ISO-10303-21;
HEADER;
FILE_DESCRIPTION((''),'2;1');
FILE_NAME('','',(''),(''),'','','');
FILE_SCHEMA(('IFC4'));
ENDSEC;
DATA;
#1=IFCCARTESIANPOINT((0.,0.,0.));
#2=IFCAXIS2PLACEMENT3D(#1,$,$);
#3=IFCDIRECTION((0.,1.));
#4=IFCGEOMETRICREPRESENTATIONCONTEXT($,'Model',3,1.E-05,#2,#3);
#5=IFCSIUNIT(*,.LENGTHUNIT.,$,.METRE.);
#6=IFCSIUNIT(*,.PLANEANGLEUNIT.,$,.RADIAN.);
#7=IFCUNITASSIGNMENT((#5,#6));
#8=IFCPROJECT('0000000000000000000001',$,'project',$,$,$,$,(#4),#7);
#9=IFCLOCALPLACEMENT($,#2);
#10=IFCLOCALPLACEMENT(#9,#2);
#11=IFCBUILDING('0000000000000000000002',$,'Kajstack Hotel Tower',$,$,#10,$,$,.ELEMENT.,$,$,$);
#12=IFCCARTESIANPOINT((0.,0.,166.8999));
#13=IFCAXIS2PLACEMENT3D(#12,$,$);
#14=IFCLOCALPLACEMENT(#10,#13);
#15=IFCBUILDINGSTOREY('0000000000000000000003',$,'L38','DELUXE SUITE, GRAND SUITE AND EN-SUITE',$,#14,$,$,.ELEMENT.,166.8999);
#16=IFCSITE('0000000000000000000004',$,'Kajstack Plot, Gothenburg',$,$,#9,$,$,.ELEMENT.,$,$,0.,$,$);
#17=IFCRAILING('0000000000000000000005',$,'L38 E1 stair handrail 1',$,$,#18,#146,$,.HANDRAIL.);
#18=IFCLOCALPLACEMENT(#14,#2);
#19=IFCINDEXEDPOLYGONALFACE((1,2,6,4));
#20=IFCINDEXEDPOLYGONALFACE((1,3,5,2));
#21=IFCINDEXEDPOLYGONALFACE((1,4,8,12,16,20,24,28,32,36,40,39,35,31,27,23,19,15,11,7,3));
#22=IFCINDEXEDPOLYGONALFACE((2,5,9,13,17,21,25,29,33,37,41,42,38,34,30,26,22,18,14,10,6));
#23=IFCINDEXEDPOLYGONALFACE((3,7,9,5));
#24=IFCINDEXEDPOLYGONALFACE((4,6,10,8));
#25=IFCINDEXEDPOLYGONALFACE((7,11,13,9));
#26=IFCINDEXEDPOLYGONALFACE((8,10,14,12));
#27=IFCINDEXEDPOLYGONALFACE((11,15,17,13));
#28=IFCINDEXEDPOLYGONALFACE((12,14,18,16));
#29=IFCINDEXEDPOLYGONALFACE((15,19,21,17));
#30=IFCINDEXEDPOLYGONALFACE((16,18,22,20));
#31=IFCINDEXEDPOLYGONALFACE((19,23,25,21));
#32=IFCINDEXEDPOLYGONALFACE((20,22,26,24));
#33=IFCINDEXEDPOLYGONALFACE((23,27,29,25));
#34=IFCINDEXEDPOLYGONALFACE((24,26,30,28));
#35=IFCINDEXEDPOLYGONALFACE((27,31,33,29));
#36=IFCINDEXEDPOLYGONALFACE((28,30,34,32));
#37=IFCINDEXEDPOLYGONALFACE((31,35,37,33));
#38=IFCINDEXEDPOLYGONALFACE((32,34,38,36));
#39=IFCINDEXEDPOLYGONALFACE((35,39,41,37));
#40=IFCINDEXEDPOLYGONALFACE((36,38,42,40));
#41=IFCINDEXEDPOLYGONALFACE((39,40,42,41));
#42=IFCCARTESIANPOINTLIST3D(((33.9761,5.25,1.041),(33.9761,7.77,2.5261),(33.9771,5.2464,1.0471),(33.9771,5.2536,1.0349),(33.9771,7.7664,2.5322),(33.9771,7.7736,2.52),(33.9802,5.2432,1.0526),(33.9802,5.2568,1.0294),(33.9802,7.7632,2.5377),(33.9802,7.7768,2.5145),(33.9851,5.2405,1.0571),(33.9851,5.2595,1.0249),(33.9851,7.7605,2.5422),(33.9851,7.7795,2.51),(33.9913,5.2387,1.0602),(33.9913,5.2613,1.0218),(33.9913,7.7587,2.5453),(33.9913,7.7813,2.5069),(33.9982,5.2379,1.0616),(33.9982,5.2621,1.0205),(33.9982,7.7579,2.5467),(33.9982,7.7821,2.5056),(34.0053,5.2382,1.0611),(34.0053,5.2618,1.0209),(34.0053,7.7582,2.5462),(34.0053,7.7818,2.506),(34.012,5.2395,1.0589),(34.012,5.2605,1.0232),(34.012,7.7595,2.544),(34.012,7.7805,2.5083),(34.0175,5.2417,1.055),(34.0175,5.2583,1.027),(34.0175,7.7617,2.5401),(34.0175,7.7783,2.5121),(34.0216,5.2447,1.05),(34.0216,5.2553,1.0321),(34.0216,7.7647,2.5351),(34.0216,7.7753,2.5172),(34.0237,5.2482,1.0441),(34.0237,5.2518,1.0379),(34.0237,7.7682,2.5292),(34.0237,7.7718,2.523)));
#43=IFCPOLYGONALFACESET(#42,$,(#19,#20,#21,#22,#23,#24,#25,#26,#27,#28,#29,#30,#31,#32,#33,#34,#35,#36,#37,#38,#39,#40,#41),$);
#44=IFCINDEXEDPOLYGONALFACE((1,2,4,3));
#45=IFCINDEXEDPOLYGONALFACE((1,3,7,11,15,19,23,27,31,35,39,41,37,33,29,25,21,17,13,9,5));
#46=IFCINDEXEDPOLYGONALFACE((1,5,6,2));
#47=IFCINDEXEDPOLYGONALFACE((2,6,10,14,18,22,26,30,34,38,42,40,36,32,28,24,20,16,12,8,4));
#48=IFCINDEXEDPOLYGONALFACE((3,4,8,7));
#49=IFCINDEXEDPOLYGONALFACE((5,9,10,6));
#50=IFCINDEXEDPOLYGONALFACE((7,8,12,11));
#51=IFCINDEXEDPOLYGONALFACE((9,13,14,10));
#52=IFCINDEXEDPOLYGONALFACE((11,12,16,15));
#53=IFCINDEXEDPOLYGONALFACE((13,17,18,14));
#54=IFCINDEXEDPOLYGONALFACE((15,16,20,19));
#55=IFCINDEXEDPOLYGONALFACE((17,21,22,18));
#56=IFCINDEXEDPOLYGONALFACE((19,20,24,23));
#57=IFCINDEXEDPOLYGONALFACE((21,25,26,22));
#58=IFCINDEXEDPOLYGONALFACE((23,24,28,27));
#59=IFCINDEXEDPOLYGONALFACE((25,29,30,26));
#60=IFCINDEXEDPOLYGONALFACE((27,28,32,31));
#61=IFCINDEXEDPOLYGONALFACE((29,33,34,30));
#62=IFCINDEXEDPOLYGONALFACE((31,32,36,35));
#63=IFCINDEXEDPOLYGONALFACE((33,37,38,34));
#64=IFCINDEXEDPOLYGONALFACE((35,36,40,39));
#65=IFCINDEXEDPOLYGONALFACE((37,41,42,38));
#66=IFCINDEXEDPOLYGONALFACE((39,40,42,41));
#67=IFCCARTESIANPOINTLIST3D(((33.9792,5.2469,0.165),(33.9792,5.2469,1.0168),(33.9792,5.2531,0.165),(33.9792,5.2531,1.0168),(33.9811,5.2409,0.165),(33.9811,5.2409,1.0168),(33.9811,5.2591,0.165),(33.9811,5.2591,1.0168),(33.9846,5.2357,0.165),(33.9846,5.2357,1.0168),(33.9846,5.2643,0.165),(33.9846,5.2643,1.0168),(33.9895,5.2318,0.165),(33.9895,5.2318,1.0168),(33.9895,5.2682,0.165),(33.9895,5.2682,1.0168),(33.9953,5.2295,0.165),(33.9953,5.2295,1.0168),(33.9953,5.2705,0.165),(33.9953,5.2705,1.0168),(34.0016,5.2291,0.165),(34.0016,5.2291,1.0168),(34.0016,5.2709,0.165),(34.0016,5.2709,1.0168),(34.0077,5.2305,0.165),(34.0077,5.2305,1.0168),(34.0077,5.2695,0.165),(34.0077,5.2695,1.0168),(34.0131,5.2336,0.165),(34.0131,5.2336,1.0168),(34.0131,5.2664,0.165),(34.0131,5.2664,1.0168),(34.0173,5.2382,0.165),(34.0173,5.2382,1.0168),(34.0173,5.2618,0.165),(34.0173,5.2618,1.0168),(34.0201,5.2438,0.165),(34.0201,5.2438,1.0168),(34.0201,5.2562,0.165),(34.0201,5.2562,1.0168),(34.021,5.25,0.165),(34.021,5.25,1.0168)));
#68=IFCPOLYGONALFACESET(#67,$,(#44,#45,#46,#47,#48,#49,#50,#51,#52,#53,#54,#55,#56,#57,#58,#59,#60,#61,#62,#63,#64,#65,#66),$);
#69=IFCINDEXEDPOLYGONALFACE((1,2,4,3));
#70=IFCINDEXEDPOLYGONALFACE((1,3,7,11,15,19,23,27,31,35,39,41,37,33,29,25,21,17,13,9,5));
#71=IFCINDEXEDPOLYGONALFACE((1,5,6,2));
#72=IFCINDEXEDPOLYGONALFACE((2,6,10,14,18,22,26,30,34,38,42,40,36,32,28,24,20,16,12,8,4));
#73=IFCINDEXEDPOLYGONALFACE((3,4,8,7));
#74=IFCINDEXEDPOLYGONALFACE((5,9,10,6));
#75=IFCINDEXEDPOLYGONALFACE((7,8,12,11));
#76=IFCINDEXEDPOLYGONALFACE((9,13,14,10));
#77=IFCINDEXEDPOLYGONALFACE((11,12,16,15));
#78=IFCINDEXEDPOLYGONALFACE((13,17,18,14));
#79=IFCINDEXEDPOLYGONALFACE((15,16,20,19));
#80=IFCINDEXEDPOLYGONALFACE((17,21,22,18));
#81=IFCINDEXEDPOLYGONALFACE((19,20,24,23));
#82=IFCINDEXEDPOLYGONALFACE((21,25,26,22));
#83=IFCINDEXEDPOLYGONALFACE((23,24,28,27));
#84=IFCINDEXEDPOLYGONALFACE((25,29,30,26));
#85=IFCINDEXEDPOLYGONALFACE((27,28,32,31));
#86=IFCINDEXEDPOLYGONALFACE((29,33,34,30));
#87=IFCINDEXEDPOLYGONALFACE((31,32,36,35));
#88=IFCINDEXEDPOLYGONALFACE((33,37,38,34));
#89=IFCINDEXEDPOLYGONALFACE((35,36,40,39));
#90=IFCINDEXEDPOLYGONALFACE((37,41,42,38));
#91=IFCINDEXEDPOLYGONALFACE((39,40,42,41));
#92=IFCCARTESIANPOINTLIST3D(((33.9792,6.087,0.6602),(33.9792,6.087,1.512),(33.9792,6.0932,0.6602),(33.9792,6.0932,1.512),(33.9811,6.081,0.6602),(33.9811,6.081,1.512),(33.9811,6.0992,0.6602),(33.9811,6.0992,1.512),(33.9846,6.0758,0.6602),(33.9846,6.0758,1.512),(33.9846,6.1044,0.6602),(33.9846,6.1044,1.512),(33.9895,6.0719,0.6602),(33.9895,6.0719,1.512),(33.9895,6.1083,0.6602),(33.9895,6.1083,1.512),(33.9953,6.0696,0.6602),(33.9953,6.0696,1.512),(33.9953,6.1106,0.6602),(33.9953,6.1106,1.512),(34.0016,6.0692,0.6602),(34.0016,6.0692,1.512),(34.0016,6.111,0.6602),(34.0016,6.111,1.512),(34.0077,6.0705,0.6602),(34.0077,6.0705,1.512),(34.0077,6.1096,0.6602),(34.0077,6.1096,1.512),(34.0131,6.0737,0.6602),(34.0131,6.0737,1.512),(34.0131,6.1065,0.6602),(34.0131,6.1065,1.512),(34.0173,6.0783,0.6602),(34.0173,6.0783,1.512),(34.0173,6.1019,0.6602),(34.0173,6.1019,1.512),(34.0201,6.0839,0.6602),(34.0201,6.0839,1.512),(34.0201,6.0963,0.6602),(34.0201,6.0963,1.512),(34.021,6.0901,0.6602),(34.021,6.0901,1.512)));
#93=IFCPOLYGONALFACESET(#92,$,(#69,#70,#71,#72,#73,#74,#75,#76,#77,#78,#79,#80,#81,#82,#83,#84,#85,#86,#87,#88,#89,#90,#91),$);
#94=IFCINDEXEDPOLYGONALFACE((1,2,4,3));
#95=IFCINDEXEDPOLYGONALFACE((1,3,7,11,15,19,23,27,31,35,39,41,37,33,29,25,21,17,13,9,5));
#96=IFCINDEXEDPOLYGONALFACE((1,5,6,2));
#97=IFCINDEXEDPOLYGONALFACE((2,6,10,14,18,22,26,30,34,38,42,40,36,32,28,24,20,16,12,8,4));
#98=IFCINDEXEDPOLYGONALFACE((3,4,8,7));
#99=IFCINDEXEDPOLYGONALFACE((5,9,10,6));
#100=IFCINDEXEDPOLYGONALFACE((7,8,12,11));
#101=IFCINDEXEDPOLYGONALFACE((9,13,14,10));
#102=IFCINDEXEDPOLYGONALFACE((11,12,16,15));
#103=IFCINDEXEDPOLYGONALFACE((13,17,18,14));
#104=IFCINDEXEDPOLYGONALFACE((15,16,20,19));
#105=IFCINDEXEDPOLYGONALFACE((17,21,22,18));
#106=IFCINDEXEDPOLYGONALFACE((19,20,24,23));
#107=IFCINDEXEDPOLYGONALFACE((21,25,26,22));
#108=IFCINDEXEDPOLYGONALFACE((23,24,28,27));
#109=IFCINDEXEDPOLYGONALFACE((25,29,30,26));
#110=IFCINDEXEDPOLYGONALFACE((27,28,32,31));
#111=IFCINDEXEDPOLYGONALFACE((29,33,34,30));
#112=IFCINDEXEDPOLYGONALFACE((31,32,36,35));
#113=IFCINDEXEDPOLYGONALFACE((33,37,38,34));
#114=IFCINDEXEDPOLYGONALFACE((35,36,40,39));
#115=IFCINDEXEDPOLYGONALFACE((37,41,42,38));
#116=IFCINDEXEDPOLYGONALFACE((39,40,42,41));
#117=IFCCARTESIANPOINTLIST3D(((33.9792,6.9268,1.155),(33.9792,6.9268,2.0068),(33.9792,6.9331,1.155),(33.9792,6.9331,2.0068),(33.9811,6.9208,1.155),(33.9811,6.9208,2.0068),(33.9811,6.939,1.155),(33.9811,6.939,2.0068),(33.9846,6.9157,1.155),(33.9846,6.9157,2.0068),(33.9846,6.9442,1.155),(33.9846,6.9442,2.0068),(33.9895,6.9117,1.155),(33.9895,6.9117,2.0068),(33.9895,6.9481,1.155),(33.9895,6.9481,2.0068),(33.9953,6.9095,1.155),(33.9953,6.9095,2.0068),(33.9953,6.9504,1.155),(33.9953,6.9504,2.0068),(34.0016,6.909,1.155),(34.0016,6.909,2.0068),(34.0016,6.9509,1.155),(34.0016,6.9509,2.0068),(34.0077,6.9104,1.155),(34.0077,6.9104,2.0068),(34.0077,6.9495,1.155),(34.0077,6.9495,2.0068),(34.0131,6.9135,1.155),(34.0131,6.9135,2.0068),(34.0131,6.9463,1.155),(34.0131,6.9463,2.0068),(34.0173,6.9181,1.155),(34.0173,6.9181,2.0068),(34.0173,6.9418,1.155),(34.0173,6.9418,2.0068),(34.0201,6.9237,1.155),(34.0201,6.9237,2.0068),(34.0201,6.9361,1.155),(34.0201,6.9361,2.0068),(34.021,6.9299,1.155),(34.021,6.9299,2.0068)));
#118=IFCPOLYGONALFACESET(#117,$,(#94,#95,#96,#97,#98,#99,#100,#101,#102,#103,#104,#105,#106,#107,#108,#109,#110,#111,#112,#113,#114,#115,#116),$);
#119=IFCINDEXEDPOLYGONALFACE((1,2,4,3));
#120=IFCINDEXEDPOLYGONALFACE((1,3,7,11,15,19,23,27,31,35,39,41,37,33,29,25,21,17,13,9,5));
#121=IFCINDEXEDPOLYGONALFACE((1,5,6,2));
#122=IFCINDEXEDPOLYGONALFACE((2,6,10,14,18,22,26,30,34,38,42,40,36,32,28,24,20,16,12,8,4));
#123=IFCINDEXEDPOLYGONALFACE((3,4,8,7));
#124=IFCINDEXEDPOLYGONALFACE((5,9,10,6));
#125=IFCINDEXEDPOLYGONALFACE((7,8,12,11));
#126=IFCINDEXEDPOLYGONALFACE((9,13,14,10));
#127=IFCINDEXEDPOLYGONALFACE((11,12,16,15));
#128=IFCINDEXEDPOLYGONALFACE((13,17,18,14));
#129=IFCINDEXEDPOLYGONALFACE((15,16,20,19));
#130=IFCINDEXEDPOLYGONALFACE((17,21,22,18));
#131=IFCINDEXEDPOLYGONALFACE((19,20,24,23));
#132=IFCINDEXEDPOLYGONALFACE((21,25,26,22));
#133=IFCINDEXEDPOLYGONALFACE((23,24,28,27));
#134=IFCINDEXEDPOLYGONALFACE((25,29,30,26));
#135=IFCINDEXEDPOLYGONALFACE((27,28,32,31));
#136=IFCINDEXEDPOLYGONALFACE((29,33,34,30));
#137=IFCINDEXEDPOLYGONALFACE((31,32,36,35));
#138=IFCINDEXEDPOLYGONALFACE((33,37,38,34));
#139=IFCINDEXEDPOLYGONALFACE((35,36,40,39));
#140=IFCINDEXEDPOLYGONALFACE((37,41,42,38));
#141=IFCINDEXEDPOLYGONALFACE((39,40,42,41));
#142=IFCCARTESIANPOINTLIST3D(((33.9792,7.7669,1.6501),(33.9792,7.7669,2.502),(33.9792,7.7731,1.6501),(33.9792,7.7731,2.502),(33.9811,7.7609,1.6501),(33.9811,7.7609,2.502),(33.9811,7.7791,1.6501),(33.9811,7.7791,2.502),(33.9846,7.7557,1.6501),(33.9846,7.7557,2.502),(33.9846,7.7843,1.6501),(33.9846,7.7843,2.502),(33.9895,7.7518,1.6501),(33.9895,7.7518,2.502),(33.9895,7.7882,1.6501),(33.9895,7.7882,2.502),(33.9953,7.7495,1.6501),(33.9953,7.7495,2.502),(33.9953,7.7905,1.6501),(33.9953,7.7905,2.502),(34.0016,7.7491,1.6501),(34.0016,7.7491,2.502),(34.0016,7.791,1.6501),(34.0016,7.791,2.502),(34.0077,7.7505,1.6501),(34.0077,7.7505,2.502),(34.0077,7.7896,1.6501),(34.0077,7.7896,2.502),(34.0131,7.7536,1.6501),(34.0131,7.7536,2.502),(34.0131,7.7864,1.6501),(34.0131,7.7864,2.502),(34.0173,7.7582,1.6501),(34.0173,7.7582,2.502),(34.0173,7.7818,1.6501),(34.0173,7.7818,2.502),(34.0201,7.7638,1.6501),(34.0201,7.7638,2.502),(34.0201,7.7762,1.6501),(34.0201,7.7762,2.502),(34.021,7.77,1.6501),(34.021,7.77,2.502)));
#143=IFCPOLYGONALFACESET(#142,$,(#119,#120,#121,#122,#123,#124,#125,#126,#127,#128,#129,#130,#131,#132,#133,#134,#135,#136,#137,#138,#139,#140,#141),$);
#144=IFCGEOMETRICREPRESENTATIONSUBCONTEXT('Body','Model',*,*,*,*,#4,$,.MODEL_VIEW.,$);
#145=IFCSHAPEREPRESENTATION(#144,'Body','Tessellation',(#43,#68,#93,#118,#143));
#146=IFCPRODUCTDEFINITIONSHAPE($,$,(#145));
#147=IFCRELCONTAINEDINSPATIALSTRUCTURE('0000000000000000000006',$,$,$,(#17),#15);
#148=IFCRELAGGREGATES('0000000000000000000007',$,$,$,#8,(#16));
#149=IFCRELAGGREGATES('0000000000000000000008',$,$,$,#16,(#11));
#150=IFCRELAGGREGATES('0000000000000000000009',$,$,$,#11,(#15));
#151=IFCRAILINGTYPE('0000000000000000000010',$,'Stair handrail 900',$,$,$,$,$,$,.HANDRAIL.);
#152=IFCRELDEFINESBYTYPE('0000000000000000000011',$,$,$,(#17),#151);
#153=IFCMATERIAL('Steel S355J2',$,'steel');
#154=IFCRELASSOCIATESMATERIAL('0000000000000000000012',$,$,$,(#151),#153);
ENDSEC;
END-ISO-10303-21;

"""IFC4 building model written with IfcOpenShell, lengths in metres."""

from ifc_helpers import new_model, si_unit, direction, frame, origin, origin_2d, place, context, subcontext, project, spatial, circle, extrude, material, type_object, element, save


model = new_model("IFC4")

# Units and contexts
model_context = context("Model", 3, precision=1e-05, world=origin(), true_north=direction((0.0, 1.0)))
body_context = subcontext(model_context, "Body", "Model", "MODEL_VIEW")
ifc_project = project(units=[si_unit("LENGTHUNIT", "METRE"), si_unit("PLANEANGLEUNIT", "RADIAN")], contexts=[model_context])

# Site, building, storey
site_placement = place(None, origin())
site = spatial("IfcSite", under=ifc_project, at=site_placement, Name="Kajstack Plot, Gothenburg", CompositionType="ELEMENT", RefElevation=0.0)
building_placement = place(site_placement, origin())
building = spatial("IfcBuilding", under=site, at=building_placement, Name="Kajstack Hotel Tower", CompositionType="ELEMENT")
storey_placement = place(building_placement, frame((0.0, 0.0, 166.8999)))
storey = spatial("IfcBuildingStorey", under=building, at=storey_placement, Name="L38", Description="DELUXE SUITE, GRAND SUITE AND EN-SUITE", CompositionType="ELEMENT", Elevation=166.8999)

# Railing
ifc_material_1 = material(Name="Steel S355J2", Category="steel")
railing_type_1 = type_object("IfcRailingType", Name="Stair handrail 900", PredefinedType="HANDRAIL", material=ifc_material_1)
railing_1_placement = place(storey_placement, frame((34.0, 5.25, 0.165)))
element("IfcRailing", 1, at=railing_1_placement, inside=storey, type_object=railing_type_1, Name="L38 E1 stair handrail 1", PredefinedType="HANDRAIL", context=body_context, shape_type="SweptSolid", body=[
    extrude(circle(Radius=0.0239, at=origin_2d()), frame((0.0, 0.0, 0.876), z_axis=(0.0, 0.861524, 0.507717), x_axis=(-1.0, 0.0, 0.0)), (0.0, 0.0, 1.0), 2.925),
    extrude(circle(Radius=0.021, at=origin_2d()), origin(), (0.0, 0.0, 1.0), 0.8518),
    extrude(circle(Radius=0.021, at=origin_2d()), frame((0.0, 0.8401, 0.4951)), (0.0, 0.0, 1.0), 0.8518),
    extrude(circle(Radius=0.021, at=origin_2d()), frame((0.0, 1.6799, 0.99)), (0.0, 0.0, 1.0), 0.8518),
    extrude(circle(Radius=0.021, at=origin_2d()), frame((0.0, 2.52, 1.4851)), (0.0, 0.0, 1.0), 0.8518),
])

save(model, "model.ifc")
